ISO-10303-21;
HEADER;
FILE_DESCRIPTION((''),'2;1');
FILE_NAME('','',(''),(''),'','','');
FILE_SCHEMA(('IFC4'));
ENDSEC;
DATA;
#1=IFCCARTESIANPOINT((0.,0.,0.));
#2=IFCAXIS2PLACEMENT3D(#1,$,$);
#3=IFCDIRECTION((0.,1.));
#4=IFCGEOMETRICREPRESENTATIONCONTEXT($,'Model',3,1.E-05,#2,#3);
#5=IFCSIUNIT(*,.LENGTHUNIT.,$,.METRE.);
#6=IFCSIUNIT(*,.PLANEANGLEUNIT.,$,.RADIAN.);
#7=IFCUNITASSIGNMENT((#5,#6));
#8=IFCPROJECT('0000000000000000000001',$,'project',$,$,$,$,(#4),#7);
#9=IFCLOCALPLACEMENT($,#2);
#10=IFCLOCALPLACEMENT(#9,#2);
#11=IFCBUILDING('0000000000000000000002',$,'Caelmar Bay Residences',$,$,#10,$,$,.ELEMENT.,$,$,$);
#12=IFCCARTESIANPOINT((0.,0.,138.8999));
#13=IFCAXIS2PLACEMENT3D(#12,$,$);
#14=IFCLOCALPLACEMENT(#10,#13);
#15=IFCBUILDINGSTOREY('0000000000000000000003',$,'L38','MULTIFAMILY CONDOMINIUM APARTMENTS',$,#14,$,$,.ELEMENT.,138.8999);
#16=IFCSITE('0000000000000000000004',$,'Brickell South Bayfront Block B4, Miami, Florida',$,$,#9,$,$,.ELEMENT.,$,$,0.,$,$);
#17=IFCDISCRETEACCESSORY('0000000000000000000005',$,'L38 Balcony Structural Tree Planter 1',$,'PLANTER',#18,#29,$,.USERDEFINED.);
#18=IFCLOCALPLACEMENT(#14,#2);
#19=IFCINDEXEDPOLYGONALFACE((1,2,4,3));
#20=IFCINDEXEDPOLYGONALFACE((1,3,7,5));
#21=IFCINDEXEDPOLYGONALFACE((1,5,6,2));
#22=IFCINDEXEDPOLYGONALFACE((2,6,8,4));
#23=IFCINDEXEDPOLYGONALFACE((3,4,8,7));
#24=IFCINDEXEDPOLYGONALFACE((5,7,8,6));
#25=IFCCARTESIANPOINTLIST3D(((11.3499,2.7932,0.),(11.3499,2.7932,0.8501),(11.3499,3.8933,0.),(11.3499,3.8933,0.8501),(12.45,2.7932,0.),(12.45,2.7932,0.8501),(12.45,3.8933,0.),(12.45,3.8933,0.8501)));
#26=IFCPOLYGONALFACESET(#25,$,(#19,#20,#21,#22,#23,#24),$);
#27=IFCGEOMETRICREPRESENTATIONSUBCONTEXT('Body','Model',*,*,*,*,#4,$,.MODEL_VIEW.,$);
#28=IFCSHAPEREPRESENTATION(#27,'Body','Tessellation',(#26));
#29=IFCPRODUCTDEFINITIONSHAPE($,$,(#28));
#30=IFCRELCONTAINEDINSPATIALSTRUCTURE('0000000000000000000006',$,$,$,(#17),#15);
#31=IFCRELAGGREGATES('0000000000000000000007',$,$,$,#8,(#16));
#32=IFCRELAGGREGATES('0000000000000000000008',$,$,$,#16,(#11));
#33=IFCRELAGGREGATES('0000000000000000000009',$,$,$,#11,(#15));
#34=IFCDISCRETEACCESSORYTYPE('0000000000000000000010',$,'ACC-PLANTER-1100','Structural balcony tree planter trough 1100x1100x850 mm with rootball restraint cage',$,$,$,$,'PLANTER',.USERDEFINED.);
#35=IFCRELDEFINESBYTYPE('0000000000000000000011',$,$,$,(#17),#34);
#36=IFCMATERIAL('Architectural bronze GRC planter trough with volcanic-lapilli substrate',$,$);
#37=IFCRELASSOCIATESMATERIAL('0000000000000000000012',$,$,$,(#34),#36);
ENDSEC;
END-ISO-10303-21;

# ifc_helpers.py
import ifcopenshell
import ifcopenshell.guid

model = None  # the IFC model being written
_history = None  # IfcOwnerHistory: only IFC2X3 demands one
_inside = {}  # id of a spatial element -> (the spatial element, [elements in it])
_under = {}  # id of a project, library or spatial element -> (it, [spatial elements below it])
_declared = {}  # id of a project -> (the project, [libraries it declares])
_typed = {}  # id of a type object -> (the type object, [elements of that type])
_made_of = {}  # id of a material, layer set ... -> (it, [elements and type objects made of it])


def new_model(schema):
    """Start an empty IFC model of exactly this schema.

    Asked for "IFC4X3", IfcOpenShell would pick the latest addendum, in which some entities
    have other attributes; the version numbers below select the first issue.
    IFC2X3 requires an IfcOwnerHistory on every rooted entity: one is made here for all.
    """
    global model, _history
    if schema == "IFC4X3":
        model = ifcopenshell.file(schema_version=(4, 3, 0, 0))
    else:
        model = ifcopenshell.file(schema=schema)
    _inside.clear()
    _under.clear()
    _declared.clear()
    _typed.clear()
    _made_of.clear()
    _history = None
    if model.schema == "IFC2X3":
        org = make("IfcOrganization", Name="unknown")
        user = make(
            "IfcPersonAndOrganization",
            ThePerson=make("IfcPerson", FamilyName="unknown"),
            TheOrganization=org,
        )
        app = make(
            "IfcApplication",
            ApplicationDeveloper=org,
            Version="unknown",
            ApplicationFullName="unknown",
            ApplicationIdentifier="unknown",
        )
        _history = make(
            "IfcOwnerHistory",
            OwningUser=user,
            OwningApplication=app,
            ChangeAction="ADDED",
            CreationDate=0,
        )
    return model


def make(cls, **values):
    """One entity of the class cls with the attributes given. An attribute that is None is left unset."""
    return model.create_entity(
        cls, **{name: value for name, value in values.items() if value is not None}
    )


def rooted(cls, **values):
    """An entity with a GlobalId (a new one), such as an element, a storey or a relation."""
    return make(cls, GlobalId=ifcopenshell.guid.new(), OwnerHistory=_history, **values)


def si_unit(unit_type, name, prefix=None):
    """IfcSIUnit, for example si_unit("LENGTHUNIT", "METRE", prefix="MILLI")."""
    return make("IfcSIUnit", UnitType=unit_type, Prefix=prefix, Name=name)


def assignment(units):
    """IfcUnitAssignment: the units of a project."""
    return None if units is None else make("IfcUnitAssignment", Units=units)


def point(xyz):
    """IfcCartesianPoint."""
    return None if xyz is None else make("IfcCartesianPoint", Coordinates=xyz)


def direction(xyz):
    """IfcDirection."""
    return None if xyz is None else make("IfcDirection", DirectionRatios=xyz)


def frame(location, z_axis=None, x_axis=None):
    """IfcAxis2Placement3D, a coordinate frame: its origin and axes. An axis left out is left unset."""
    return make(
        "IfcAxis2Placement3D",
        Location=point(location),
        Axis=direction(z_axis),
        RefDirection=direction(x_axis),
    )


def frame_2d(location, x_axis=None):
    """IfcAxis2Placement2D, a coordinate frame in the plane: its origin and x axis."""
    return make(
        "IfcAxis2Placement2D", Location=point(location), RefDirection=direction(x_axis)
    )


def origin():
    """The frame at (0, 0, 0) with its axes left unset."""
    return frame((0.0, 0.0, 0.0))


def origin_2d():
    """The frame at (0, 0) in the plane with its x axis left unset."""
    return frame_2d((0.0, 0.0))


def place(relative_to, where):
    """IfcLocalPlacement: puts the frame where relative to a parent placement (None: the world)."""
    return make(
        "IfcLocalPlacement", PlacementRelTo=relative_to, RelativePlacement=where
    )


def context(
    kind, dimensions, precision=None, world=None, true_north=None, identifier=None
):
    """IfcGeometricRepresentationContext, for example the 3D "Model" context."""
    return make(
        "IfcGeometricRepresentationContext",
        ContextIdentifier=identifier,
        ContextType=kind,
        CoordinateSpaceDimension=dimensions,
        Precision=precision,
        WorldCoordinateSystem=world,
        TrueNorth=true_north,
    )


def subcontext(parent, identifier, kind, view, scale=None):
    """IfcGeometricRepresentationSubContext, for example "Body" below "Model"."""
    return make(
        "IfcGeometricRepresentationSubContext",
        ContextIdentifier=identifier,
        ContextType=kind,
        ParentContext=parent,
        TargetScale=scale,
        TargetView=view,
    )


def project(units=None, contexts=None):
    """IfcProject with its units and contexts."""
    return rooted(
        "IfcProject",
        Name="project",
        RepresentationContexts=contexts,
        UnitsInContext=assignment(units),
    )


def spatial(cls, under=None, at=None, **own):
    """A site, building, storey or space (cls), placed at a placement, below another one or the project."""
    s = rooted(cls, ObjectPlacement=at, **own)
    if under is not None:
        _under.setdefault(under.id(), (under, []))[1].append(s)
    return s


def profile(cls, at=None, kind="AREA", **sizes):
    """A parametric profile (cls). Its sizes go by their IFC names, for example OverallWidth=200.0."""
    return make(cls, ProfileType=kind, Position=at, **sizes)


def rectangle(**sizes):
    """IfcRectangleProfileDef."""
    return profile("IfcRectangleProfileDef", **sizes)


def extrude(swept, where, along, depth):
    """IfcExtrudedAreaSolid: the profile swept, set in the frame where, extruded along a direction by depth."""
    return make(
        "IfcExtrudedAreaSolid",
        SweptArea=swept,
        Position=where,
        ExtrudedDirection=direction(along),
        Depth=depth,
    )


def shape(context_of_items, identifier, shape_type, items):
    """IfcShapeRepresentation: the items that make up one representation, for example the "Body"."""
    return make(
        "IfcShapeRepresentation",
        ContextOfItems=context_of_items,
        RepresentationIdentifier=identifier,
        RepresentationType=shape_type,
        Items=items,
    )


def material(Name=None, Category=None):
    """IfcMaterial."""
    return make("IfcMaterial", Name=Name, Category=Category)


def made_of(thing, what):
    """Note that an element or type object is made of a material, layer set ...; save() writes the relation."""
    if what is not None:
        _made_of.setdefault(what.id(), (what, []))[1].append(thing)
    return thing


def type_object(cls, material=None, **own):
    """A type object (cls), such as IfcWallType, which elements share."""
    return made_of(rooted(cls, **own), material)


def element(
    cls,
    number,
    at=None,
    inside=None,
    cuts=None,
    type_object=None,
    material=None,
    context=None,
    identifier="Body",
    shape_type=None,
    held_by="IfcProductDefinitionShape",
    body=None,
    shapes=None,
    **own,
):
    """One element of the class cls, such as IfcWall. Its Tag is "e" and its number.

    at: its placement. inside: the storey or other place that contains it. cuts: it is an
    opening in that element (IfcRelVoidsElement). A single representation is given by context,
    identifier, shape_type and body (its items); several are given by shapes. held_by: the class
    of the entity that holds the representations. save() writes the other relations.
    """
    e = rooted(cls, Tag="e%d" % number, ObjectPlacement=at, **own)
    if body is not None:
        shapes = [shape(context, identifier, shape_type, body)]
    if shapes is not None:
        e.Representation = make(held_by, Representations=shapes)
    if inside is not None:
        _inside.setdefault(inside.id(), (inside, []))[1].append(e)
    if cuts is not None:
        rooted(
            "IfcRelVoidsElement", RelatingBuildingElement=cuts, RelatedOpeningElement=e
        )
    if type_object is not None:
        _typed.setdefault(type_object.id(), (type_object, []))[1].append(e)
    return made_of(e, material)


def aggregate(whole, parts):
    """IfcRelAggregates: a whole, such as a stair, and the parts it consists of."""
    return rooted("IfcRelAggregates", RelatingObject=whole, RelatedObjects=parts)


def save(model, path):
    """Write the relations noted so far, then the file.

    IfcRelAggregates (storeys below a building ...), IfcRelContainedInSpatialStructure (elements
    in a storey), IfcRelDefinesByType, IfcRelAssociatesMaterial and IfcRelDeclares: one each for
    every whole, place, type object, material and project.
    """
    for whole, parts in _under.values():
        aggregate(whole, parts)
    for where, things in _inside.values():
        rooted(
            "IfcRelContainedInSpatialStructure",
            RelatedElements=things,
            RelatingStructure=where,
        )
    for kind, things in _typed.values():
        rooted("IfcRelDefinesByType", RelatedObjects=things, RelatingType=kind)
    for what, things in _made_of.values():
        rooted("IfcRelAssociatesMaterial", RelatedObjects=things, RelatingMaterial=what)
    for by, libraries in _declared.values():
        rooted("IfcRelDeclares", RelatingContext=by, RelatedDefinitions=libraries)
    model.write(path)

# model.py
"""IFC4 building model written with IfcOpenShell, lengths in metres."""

from ifc_helpers import new_model, si_unit, direction, frame, origin, origin_2d, place, context, subcontext, project, spatial, rectangle, extrude, material, type_object, element, save


model = new_model("IFC4")

# Units and contexts
model_context = context("Model", 3, precision=1e-05, world=origin(), true_north=direction((0.0, 1.0)))
body_context = subcontext(model_context, "Body", "Model", "MODEL_VIEW")
ifc_project = project(units=[si_unit("LENGTHUNIT", "METRE"), si_unit("PLANEANGLEUNIT", "RADIAN")], contexts=[model_context])

# Site, building, storey
site_placement = place(None, origin())
site = spatial("IfcSite", under=ifc_project, at=site_placement, Name="Brickell South Bayfront Block B4, Miami, Florida", CompositionType="ELEMENT", RefElevation=0.0)
building_placement = place(site_placement, origin())
building = spatial("IfcBuilding", under=site, at=building_placement, Name="Caelmar Bay Residences", CompositionType="ELEMENT")
storey_placement = place(building_placement, frame((0.0, 0.0, 138.8999)))
storey = spatial("IfcBuildingStorey", under=building, at=storey_placement, Name="L38", Description="MULTIFAMILY CONDOMINIUM APARTMENTS", CompositionType="ELEMENT", Elevation=138.8999)

# Discrete accessory
ifc_material_1 = material(Name="Architectural bronze GRC planter trough with volcanic-lapilli substrate")
discrete_accessory_type = type_object("IfcDiscreteAccessoryType", Name="ACC-PLANTER-1100", Description="Structural balcony tree planter trough 1100x1100x850 mm with rootball restraint cage", ElementType="PLANTER", PredefinedType="USERDEFINED", material=ifc_material_1)
discrete_accessory_placement = place(storey_placement, frame((11.8999, 3.3433, 0.0), z_axis=(0.0, 0.0, 1.0), x_axis=(1.0, 0.0, 0.0)))
element("IfcDiscreteAccessory", 1, at=discrete_accessory_placement, inside=storey, type_object=discrete_accessory_type, Name="L38 Balcony Structural Tree Planter 1", ObjectType="PLANTER", PredefinedType="USERDEFINED", context=body_context, shape_type="SweptSolid", body=[
    extrude(rectangle(XDim=1.1001, YDim=1.1001, at=origin_2d()), origin(), (0.0, 0.0, 1.0), 0.8501),
])

save(model, "model.ifc")
